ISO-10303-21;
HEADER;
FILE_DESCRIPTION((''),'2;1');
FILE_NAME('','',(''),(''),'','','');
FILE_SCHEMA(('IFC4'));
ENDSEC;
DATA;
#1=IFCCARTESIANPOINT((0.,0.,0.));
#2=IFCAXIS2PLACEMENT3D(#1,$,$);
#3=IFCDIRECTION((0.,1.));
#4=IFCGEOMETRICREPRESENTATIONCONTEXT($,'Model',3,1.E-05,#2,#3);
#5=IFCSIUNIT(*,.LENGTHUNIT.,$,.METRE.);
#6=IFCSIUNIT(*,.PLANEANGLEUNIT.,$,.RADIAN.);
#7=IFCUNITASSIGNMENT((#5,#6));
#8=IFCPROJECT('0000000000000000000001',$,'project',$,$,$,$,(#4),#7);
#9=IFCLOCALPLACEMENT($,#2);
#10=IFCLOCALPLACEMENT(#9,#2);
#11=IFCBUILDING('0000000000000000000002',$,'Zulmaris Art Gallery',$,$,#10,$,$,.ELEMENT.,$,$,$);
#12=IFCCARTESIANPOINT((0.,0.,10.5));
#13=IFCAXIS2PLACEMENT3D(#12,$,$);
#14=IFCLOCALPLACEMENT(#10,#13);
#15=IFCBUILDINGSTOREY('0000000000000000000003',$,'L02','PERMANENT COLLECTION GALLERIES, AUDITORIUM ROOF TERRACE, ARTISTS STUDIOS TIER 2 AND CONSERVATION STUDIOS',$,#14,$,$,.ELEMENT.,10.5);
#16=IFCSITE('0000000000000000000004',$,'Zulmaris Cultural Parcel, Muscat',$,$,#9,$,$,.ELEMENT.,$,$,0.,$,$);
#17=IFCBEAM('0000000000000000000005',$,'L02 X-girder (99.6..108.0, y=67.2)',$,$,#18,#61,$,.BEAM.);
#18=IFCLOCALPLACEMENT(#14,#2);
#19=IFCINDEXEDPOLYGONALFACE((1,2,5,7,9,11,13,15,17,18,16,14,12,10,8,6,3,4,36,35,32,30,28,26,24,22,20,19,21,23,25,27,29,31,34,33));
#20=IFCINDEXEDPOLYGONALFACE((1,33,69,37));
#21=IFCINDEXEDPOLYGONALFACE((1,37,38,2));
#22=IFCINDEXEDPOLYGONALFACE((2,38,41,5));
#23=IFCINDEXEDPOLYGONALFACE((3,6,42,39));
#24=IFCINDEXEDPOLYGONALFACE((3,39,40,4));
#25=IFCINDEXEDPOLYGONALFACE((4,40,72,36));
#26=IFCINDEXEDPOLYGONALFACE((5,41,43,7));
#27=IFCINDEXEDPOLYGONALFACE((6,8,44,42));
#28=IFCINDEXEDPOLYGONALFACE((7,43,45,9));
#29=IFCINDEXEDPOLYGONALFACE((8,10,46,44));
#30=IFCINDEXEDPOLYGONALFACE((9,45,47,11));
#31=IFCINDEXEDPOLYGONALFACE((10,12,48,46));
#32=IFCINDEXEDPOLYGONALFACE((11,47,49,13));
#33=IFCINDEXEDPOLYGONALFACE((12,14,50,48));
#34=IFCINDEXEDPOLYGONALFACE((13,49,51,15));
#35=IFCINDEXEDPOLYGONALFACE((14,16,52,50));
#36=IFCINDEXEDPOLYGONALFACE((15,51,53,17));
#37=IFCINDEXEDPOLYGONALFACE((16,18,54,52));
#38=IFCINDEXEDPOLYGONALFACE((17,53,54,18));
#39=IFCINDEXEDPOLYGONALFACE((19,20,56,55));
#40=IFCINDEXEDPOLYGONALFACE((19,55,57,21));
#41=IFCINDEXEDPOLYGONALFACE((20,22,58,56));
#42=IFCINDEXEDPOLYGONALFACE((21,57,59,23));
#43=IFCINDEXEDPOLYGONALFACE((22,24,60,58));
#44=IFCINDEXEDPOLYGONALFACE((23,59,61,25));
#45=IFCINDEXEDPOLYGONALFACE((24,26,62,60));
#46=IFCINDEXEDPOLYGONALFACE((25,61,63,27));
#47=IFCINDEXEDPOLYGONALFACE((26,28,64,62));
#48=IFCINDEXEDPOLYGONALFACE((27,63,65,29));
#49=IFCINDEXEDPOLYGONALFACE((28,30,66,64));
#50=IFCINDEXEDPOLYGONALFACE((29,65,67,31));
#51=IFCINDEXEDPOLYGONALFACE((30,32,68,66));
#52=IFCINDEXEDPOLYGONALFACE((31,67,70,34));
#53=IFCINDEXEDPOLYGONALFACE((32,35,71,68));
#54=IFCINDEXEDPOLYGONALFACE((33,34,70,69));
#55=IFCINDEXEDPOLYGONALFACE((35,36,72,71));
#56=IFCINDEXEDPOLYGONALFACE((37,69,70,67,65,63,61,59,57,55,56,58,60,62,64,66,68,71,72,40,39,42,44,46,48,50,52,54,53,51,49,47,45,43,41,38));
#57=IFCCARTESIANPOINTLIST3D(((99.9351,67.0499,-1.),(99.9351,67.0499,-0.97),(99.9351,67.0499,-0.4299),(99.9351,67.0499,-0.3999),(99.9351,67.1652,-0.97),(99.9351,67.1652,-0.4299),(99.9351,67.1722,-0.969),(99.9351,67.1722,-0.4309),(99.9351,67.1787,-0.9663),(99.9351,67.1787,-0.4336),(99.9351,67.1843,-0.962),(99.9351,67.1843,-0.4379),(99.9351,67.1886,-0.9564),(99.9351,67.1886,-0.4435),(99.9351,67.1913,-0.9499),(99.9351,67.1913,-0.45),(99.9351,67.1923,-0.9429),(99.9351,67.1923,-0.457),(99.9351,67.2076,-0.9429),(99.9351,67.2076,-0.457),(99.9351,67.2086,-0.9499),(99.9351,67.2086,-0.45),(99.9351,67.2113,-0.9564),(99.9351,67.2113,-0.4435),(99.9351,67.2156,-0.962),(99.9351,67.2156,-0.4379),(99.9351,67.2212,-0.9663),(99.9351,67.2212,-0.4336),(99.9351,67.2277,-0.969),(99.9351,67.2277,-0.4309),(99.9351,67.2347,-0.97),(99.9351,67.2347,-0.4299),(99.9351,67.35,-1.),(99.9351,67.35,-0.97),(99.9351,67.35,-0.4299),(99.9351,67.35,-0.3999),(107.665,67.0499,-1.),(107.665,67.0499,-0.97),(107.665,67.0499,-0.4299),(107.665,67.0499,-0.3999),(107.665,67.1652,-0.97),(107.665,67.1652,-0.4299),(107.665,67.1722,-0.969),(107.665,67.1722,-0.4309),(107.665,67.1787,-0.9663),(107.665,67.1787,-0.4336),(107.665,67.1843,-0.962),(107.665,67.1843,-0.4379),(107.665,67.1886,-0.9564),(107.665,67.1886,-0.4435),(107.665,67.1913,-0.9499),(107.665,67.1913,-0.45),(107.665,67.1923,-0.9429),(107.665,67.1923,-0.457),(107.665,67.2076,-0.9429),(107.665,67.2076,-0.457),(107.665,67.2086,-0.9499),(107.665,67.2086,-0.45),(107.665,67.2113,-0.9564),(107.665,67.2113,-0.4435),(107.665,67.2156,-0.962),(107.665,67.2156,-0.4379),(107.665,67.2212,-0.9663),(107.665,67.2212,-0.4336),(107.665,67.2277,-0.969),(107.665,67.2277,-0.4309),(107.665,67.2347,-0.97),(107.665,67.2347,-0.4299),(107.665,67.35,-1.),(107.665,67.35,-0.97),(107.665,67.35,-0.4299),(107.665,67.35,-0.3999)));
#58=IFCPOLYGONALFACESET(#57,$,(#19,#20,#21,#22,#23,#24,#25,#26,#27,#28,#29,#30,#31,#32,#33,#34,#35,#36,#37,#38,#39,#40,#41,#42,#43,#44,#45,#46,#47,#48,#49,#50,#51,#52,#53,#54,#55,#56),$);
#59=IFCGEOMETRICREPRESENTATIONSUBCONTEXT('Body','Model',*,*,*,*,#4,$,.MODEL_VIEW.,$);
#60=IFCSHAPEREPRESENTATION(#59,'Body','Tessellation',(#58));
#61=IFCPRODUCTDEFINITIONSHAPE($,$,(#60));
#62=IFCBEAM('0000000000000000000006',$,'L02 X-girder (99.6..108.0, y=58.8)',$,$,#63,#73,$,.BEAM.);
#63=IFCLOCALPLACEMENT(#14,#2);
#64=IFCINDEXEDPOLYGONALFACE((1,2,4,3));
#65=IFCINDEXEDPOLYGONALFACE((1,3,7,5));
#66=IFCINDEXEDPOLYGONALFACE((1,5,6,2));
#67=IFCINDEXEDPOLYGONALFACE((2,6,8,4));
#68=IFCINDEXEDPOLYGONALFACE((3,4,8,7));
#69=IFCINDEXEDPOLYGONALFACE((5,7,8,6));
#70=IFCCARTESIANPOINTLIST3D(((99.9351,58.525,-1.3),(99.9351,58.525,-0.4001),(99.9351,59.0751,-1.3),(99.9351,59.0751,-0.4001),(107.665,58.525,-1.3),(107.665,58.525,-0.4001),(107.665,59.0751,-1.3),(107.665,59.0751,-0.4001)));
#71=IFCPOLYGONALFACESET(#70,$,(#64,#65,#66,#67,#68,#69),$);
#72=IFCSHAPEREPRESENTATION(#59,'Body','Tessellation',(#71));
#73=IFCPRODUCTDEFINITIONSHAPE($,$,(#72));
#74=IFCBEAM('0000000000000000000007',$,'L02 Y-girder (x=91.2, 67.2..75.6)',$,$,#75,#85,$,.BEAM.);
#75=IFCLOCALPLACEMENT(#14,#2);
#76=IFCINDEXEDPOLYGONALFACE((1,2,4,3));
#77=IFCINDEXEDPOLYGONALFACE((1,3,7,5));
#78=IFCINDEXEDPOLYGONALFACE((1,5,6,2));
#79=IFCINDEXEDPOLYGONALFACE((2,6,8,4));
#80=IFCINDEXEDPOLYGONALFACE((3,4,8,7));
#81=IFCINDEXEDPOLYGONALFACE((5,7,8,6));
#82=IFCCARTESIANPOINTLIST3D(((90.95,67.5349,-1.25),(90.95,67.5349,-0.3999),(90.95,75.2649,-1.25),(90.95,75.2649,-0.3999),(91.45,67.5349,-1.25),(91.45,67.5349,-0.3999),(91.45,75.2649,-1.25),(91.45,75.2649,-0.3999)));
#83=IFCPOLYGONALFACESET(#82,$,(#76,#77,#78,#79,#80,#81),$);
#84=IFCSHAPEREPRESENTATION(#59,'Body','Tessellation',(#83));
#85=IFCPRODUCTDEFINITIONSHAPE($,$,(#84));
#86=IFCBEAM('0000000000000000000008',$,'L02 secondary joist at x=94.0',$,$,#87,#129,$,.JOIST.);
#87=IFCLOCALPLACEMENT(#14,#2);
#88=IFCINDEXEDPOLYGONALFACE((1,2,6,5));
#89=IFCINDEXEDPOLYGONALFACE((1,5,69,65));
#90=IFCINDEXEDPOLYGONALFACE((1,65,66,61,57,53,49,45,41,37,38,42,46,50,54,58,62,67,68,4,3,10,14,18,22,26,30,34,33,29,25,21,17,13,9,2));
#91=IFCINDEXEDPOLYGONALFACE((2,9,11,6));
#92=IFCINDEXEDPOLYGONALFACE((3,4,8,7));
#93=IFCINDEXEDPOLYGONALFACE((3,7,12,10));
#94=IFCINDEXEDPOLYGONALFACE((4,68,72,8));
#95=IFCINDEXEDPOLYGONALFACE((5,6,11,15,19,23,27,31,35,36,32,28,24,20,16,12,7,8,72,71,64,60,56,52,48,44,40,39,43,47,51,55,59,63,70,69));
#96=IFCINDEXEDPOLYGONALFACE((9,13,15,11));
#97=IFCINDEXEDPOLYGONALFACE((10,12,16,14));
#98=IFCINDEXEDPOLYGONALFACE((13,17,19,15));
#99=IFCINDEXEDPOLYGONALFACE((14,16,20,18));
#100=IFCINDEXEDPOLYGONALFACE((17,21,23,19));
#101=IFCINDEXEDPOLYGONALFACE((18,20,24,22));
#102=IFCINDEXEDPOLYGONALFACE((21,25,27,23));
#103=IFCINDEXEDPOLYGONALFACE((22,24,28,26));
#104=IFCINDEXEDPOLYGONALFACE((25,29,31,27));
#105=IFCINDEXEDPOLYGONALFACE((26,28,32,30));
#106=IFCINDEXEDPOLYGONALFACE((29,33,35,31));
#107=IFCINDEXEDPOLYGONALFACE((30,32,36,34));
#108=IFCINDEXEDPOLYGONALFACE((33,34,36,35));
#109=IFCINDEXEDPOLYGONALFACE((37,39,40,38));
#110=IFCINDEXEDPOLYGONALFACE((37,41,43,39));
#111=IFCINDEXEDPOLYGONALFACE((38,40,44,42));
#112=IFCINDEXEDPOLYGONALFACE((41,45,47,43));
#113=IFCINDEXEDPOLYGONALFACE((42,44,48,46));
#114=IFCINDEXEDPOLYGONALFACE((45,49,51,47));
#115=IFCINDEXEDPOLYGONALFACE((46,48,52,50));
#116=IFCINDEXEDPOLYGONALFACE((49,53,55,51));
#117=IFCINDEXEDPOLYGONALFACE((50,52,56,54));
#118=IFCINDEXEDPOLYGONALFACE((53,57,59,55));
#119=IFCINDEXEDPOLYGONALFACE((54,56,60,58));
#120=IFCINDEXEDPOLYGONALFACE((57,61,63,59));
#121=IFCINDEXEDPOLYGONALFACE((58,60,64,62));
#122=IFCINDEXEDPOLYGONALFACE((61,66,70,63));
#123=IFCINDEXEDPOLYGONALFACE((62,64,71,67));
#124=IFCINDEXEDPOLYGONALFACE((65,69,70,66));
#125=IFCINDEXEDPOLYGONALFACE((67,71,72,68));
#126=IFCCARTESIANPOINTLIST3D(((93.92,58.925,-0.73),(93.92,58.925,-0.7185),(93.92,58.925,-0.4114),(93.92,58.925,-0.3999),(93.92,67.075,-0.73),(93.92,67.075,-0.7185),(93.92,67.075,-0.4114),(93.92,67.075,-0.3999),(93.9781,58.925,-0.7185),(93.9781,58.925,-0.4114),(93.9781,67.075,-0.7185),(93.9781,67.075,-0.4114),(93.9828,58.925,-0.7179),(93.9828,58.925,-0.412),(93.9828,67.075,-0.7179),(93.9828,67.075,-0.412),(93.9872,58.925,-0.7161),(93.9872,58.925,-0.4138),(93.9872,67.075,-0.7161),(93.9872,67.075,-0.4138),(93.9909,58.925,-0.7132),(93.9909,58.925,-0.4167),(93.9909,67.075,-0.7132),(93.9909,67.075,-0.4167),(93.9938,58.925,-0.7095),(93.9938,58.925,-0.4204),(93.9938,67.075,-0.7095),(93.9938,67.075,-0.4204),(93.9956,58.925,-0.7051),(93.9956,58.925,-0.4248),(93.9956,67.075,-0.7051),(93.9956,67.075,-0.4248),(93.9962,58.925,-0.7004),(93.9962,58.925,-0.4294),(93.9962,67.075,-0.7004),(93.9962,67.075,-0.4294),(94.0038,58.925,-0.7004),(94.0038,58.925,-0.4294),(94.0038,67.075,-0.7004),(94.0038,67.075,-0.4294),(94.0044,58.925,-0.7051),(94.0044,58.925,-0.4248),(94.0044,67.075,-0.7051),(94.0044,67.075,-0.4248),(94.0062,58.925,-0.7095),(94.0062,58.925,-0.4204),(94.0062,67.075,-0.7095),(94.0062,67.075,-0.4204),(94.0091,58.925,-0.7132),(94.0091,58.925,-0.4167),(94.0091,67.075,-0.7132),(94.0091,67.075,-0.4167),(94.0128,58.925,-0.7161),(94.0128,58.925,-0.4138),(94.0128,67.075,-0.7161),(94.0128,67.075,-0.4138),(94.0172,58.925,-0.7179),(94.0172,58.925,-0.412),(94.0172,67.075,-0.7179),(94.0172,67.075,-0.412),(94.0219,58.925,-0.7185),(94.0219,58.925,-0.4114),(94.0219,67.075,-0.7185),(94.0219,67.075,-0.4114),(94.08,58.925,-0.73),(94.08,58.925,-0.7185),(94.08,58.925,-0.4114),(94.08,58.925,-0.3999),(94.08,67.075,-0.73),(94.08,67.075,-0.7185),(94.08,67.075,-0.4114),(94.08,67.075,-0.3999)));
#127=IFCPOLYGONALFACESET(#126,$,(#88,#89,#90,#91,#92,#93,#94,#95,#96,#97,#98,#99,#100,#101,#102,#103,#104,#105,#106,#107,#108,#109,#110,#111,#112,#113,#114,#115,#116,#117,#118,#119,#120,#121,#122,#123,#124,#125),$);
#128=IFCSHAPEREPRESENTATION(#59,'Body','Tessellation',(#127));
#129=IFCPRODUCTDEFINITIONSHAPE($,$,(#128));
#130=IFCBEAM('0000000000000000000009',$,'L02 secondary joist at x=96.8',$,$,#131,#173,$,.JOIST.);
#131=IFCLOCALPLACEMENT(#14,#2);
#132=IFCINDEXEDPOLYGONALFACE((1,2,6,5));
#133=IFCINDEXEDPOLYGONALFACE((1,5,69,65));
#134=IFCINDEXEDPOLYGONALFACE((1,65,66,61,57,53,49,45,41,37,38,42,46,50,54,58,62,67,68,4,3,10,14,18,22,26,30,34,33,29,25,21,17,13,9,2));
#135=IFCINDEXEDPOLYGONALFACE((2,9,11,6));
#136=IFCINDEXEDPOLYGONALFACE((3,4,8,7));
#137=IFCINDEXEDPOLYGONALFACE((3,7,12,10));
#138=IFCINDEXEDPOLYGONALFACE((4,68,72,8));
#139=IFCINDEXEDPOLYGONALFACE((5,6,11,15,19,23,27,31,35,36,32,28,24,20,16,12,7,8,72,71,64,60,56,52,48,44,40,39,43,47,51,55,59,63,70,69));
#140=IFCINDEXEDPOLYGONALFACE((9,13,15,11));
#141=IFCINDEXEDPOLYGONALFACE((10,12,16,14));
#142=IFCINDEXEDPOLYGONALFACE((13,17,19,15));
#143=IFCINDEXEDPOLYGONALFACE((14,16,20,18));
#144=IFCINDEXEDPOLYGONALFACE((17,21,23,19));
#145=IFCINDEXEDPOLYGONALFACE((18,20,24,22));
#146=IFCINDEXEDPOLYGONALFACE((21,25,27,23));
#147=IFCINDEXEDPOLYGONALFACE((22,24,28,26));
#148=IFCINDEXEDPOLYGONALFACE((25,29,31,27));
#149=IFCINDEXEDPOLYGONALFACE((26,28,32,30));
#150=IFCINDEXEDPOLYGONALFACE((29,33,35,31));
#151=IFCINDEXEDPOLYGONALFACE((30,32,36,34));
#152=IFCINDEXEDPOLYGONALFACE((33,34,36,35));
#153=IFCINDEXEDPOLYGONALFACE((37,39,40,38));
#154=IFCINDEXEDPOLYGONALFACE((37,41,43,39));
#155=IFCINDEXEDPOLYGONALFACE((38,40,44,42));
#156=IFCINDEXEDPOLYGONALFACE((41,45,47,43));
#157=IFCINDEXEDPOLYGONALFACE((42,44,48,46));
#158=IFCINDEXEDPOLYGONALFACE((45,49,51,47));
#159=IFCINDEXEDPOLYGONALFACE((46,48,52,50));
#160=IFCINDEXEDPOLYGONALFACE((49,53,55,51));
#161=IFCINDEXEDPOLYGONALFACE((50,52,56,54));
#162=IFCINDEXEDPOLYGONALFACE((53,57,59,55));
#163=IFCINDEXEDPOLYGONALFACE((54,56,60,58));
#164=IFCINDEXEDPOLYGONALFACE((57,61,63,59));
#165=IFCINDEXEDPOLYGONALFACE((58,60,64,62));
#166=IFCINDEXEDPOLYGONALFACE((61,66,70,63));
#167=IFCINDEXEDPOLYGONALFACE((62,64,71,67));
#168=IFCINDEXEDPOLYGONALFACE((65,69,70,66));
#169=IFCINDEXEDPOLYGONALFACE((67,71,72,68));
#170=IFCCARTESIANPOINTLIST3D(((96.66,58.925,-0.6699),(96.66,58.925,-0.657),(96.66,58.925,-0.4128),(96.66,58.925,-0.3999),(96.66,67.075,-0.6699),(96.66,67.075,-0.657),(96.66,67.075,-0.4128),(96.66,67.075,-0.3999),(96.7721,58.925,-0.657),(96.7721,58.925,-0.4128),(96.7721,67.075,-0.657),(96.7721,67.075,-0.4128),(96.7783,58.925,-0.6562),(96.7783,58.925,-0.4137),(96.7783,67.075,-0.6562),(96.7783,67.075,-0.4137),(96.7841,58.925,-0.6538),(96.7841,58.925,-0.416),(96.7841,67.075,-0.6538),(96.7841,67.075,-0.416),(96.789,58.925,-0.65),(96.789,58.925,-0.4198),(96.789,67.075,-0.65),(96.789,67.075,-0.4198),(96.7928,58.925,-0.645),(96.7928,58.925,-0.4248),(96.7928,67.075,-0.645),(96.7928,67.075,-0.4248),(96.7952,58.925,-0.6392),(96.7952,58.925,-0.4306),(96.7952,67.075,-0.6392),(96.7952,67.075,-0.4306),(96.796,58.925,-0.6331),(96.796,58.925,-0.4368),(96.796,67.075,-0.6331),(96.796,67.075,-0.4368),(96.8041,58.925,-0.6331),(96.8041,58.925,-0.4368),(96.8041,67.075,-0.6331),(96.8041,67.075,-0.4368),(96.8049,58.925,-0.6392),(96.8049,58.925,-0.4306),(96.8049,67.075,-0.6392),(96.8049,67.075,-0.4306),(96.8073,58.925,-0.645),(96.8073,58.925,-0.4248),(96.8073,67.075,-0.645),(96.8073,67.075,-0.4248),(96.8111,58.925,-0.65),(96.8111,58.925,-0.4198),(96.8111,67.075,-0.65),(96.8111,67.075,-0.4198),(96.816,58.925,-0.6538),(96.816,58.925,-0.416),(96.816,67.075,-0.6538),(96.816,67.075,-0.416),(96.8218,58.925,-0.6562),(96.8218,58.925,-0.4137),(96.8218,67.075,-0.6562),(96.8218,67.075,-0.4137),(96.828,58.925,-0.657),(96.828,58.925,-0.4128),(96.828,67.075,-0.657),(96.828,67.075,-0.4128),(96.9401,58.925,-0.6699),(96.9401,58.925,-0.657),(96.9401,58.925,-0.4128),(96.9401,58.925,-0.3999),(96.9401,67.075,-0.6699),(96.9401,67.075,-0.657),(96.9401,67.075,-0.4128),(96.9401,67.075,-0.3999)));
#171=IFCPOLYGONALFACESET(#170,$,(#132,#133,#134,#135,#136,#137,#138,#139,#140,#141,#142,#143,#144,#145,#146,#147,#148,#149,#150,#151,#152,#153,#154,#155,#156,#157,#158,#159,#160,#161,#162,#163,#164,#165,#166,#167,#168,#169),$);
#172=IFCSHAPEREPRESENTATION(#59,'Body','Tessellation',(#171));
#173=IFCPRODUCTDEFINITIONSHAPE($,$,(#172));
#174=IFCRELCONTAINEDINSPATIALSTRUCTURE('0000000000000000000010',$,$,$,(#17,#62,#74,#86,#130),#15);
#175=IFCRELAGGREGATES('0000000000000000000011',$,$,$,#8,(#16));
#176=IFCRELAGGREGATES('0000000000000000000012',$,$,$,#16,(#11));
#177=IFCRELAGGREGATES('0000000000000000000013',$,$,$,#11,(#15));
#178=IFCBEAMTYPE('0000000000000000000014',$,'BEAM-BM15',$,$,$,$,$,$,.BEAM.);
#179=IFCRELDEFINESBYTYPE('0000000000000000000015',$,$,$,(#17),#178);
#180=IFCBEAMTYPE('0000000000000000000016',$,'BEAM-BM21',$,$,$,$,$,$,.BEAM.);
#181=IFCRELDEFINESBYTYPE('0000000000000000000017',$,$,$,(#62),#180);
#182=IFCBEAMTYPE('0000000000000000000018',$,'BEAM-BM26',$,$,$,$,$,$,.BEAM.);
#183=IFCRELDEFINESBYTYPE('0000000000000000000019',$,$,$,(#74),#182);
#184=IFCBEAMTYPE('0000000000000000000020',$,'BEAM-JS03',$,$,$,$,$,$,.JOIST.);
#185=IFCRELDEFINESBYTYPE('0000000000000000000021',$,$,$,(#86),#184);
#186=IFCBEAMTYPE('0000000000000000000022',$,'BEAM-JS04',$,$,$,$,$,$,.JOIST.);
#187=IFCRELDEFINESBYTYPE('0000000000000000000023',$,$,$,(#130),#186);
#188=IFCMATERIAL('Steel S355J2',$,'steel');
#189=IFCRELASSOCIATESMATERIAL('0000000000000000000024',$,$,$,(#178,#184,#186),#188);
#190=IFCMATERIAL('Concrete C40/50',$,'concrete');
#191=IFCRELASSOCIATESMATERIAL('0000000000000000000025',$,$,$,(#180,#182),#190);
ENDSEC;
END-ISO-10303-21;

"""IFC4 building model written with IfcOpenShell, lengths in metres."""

from ifc_helpers import new_model, si_unit, direction, frame, origin, origin_2d, place, context, subcontext, project, spatial, rectangle, i_section, extrude, material, material_profile, profile_set, type_object, element, save


model = new_model("IFC4")

# Units and contexts
model_context = context("Model", 3, precision=1e-05, world=origin(), true_north=direction((0.0, 1.0)))
body_context = subcontext(model_context, "Body", "Model", "MODEL_VIEW")
ifc_project = project(units=[si_unit("LENGTHUNIT", "METRE"), si_unit("PLANEANGLEUNIT", "RADIAN")], contexts=[model_context])

# Site, building, storey
site_placement = place(None, origin())
site = spatial("IfcSite", under=ifc_project, at=site_placement, Name="Zulmaris Cultural Parcel, Muscat", CompositionType="ELEMENT", RefElevation=0.0)
building_placement = place(site_placement, origin())
building = spatial("IfcBuilding", under=site, at=building_placement, Name="Zulmaris Art Gallery", CompositionType="ELEMENT")
storey_placement = place(building_placement, frame((0.0, 0.0, 10.5)))
storey = spatial("IfcBuildingStorey", under=building, at=storey_placement, Name="L02", Description="PERMANENT COLLECTION GALLERIES, AUDITORIUM ROOF TERRACE, ARTISTS STUDIOS TIER 2 AND CONSERVATION STUDIOS", CompositionType="ELEMENT", Elevation=10.5)

# Shared definitions
ifc_material_1 = material(Name="Concrete C40/50", Category="concrete")

# Beams
ifc_material_2 = material(Name="Steel S355J2", Category="steel")
ifc_material_profile_1 = material_profile(ifc_material_2, i_section(OverallWidth=0.3, OverallDepth=0.6001, WebThickness=0.0154, FlangeThickness=0.03, FilletRadius=0.0271, at=origin_2d()), Name="HEB 600")
ifc_profile_set_1 = profile_set([ifc_material_profile_1], Name="Steel S355J2")
beam_type_1 = type_object("IfcBeamType", Name="BEAM-BM15", PredefinedType="BEAM", material=ifc_profile_set_1)
beam_1_placement = place(storey_placement, frame((99.9351, 67.2, -0.7), z_axis=(1.0, 0.0, 0.0), x_axis=(0.0, 1.0, 0.0)))
element("IfcBeam", 1, at=beam_1_placement, inside=storey, type_object=beam_type_1, Name="L02 X-girder (99.6..108.0, y=67.2)", PredefinedType="BEAM", context=body_context, shape_type="SweptSolid", body=[
    extrude(i_section(OverallWidth=0.3, OverallDepth=0.6001, WebThickness=0.0154, FlangeThickness=0.03, FilletRadius=0.0271, at=origin_2d()), origin(), (0.0, 0.0, 1.0), 7.73),
])
ifc_material_profile_2 = material_profile(ifc_material_1, rectangle(XDim=0.55, YDim=0.8999, at=origin_2d()), Name="RC 550x900")
ifc_profile_set_2 = profile_set([ifc_material_profile_2], Name="Concrete C40/50")
beam_type_2 = type_object("IfcBeamType", Name="BEAM-BM21", PredefinedType="BEAM", material=ifc_profile_set_2)
beam_2_placement = place(storey_placement, frame((99.9351, 58.8, -0.8501), z_axis=(1.0, 0.0, 0.0), x_axis=(0.0, 1.0, 0.0)))
element("IfcBeam", 2, at=beam_2_placement, inside=storey, type_object=beam_type_2, Name="L02 X-girder (99.6..108.0, y=58.8)", PredefinedType="BEAM", context=body_context, shape_type="SweptSolid", body=[
    extrude(rectangle(XDim=0.55, YDim=0.8999, at=origin_2d()), origin(), (0.0, 0.0, 1.0), 7.73),
])
ifc_material_profile_3 = material_profile(ifc_material_1, rectangle(XDim=0.5, YDim=0.8501, at=origin_2d()), Name="RC 500x850")
ifc_profile_set_3 = profile_set([ifc_material_profile_3], Name="Concrete C40/50")
beam_type_3 = type_object("IfcBeamType", Name="BEAM-BM26", PredefinedType="BEAM", material=ifc_profile_set_3)
beam_3_placement = place(storey_placement, frame((91.2, 67.5349, -0.825), z_axis=(0.0, 1.0, 0.0), x_axis=(-1.0, 0.0, 0.0)))
element("IfcBeam", 3, at=beam_3_placement, inside=storey, type_object=beam_type_3, Name="L02 Y-girder (x=91.2, 67.2..75.6)", PredefinedType="BEAM", context=body_context, shape_type="SweptSolid", body=[
    extrude(rectangle(XDim=0.5, YDim=0.8501, at=origin_2d()), origin(), (0.0, 0.0, 1.0), 7.73),
])
ifc_material_profile_4 = material_profile(ifc_material_2, i_section(OverallWidth=0.1599, OverallDepth=0.3301, WebThickness=0.0076, FlangeThickness=0.0115, FilletRadius=0.0181, at=origin_2d()), Name="IPE 330")
ifc_profile_set_4 = profile_set([ifc_material_profile_4], Name="Steel S355J2")
beam_type_4 = type_object("IfcBeamType", Name="BEAM-JS03", PredefinedType="JOIST", material=ifc_profile_set_4)
beam_4_placement = place(storey_placement, frame((94.0, 58.925, -0.5649), z_axis=(0.0, 1.0, 0.0), x_axis=(-1.0, 0.0, 0.0)))
element("IfcBeam", 4, at=beam_4_placement, inside=storey, type_object=beam_type_4, Name="L02 secondary joist at x=94.0", PredefinedType="JOIST", context=body_context, shape_type="SweptSolid", body=[
    extrude(i_section(OverallWidth=0.1599, OverallDepth=0.3301, WebThickness=0.0076, FlangeThickness=0.0115, FilletRadius=0.0181, at=origin_2d()), origin(), (0.0, 0.0, 1.0), 8.1499),
])
ifc_material_profile_5 = material_profile(ifc_material_2, i_section(OverallWidth=0.28, OverallDepth=0.27, WebThickness=0.0081, FlangeThickness=0.0129, FilletRadius=0.0239, at=origin_2d()), Name="HEA 280")
ifc_profile_set_5 = profile_set([ifc_material_profile_5], Name="Steel S355J2")
beam_type_5 = type_object("IfcBeamType", Name="BEAM-JS04", PredefinedType="JOIST", material=ifc_profile_set_5)
beam_5_placement = place(storey_placement, frame((96.8, 58.925, -0.5349), z_axis=(0.0, 1.0, 0.0), x_axis=(-1.0, 0.0, 0.0)))
element("IfcBeam", 5, at=beam_5_placement, inside=storey, type_object=beam_type_5, Name="L02 secondary joist at x=96.8", PredefinedType="JOIST", context=body_context, shape_type="SweptSolid", body=[
    extrude(i_section(OverallWidth=0.28, OverallDepth=0.27, WebThickness=0.0081, FlangeThickness=0.0129, FilletRadius=0.0239, at=origin_2d()), origin(), (0.0, 0.0, 1.0), 8.1499),
])

save(model, "model.ifc")
